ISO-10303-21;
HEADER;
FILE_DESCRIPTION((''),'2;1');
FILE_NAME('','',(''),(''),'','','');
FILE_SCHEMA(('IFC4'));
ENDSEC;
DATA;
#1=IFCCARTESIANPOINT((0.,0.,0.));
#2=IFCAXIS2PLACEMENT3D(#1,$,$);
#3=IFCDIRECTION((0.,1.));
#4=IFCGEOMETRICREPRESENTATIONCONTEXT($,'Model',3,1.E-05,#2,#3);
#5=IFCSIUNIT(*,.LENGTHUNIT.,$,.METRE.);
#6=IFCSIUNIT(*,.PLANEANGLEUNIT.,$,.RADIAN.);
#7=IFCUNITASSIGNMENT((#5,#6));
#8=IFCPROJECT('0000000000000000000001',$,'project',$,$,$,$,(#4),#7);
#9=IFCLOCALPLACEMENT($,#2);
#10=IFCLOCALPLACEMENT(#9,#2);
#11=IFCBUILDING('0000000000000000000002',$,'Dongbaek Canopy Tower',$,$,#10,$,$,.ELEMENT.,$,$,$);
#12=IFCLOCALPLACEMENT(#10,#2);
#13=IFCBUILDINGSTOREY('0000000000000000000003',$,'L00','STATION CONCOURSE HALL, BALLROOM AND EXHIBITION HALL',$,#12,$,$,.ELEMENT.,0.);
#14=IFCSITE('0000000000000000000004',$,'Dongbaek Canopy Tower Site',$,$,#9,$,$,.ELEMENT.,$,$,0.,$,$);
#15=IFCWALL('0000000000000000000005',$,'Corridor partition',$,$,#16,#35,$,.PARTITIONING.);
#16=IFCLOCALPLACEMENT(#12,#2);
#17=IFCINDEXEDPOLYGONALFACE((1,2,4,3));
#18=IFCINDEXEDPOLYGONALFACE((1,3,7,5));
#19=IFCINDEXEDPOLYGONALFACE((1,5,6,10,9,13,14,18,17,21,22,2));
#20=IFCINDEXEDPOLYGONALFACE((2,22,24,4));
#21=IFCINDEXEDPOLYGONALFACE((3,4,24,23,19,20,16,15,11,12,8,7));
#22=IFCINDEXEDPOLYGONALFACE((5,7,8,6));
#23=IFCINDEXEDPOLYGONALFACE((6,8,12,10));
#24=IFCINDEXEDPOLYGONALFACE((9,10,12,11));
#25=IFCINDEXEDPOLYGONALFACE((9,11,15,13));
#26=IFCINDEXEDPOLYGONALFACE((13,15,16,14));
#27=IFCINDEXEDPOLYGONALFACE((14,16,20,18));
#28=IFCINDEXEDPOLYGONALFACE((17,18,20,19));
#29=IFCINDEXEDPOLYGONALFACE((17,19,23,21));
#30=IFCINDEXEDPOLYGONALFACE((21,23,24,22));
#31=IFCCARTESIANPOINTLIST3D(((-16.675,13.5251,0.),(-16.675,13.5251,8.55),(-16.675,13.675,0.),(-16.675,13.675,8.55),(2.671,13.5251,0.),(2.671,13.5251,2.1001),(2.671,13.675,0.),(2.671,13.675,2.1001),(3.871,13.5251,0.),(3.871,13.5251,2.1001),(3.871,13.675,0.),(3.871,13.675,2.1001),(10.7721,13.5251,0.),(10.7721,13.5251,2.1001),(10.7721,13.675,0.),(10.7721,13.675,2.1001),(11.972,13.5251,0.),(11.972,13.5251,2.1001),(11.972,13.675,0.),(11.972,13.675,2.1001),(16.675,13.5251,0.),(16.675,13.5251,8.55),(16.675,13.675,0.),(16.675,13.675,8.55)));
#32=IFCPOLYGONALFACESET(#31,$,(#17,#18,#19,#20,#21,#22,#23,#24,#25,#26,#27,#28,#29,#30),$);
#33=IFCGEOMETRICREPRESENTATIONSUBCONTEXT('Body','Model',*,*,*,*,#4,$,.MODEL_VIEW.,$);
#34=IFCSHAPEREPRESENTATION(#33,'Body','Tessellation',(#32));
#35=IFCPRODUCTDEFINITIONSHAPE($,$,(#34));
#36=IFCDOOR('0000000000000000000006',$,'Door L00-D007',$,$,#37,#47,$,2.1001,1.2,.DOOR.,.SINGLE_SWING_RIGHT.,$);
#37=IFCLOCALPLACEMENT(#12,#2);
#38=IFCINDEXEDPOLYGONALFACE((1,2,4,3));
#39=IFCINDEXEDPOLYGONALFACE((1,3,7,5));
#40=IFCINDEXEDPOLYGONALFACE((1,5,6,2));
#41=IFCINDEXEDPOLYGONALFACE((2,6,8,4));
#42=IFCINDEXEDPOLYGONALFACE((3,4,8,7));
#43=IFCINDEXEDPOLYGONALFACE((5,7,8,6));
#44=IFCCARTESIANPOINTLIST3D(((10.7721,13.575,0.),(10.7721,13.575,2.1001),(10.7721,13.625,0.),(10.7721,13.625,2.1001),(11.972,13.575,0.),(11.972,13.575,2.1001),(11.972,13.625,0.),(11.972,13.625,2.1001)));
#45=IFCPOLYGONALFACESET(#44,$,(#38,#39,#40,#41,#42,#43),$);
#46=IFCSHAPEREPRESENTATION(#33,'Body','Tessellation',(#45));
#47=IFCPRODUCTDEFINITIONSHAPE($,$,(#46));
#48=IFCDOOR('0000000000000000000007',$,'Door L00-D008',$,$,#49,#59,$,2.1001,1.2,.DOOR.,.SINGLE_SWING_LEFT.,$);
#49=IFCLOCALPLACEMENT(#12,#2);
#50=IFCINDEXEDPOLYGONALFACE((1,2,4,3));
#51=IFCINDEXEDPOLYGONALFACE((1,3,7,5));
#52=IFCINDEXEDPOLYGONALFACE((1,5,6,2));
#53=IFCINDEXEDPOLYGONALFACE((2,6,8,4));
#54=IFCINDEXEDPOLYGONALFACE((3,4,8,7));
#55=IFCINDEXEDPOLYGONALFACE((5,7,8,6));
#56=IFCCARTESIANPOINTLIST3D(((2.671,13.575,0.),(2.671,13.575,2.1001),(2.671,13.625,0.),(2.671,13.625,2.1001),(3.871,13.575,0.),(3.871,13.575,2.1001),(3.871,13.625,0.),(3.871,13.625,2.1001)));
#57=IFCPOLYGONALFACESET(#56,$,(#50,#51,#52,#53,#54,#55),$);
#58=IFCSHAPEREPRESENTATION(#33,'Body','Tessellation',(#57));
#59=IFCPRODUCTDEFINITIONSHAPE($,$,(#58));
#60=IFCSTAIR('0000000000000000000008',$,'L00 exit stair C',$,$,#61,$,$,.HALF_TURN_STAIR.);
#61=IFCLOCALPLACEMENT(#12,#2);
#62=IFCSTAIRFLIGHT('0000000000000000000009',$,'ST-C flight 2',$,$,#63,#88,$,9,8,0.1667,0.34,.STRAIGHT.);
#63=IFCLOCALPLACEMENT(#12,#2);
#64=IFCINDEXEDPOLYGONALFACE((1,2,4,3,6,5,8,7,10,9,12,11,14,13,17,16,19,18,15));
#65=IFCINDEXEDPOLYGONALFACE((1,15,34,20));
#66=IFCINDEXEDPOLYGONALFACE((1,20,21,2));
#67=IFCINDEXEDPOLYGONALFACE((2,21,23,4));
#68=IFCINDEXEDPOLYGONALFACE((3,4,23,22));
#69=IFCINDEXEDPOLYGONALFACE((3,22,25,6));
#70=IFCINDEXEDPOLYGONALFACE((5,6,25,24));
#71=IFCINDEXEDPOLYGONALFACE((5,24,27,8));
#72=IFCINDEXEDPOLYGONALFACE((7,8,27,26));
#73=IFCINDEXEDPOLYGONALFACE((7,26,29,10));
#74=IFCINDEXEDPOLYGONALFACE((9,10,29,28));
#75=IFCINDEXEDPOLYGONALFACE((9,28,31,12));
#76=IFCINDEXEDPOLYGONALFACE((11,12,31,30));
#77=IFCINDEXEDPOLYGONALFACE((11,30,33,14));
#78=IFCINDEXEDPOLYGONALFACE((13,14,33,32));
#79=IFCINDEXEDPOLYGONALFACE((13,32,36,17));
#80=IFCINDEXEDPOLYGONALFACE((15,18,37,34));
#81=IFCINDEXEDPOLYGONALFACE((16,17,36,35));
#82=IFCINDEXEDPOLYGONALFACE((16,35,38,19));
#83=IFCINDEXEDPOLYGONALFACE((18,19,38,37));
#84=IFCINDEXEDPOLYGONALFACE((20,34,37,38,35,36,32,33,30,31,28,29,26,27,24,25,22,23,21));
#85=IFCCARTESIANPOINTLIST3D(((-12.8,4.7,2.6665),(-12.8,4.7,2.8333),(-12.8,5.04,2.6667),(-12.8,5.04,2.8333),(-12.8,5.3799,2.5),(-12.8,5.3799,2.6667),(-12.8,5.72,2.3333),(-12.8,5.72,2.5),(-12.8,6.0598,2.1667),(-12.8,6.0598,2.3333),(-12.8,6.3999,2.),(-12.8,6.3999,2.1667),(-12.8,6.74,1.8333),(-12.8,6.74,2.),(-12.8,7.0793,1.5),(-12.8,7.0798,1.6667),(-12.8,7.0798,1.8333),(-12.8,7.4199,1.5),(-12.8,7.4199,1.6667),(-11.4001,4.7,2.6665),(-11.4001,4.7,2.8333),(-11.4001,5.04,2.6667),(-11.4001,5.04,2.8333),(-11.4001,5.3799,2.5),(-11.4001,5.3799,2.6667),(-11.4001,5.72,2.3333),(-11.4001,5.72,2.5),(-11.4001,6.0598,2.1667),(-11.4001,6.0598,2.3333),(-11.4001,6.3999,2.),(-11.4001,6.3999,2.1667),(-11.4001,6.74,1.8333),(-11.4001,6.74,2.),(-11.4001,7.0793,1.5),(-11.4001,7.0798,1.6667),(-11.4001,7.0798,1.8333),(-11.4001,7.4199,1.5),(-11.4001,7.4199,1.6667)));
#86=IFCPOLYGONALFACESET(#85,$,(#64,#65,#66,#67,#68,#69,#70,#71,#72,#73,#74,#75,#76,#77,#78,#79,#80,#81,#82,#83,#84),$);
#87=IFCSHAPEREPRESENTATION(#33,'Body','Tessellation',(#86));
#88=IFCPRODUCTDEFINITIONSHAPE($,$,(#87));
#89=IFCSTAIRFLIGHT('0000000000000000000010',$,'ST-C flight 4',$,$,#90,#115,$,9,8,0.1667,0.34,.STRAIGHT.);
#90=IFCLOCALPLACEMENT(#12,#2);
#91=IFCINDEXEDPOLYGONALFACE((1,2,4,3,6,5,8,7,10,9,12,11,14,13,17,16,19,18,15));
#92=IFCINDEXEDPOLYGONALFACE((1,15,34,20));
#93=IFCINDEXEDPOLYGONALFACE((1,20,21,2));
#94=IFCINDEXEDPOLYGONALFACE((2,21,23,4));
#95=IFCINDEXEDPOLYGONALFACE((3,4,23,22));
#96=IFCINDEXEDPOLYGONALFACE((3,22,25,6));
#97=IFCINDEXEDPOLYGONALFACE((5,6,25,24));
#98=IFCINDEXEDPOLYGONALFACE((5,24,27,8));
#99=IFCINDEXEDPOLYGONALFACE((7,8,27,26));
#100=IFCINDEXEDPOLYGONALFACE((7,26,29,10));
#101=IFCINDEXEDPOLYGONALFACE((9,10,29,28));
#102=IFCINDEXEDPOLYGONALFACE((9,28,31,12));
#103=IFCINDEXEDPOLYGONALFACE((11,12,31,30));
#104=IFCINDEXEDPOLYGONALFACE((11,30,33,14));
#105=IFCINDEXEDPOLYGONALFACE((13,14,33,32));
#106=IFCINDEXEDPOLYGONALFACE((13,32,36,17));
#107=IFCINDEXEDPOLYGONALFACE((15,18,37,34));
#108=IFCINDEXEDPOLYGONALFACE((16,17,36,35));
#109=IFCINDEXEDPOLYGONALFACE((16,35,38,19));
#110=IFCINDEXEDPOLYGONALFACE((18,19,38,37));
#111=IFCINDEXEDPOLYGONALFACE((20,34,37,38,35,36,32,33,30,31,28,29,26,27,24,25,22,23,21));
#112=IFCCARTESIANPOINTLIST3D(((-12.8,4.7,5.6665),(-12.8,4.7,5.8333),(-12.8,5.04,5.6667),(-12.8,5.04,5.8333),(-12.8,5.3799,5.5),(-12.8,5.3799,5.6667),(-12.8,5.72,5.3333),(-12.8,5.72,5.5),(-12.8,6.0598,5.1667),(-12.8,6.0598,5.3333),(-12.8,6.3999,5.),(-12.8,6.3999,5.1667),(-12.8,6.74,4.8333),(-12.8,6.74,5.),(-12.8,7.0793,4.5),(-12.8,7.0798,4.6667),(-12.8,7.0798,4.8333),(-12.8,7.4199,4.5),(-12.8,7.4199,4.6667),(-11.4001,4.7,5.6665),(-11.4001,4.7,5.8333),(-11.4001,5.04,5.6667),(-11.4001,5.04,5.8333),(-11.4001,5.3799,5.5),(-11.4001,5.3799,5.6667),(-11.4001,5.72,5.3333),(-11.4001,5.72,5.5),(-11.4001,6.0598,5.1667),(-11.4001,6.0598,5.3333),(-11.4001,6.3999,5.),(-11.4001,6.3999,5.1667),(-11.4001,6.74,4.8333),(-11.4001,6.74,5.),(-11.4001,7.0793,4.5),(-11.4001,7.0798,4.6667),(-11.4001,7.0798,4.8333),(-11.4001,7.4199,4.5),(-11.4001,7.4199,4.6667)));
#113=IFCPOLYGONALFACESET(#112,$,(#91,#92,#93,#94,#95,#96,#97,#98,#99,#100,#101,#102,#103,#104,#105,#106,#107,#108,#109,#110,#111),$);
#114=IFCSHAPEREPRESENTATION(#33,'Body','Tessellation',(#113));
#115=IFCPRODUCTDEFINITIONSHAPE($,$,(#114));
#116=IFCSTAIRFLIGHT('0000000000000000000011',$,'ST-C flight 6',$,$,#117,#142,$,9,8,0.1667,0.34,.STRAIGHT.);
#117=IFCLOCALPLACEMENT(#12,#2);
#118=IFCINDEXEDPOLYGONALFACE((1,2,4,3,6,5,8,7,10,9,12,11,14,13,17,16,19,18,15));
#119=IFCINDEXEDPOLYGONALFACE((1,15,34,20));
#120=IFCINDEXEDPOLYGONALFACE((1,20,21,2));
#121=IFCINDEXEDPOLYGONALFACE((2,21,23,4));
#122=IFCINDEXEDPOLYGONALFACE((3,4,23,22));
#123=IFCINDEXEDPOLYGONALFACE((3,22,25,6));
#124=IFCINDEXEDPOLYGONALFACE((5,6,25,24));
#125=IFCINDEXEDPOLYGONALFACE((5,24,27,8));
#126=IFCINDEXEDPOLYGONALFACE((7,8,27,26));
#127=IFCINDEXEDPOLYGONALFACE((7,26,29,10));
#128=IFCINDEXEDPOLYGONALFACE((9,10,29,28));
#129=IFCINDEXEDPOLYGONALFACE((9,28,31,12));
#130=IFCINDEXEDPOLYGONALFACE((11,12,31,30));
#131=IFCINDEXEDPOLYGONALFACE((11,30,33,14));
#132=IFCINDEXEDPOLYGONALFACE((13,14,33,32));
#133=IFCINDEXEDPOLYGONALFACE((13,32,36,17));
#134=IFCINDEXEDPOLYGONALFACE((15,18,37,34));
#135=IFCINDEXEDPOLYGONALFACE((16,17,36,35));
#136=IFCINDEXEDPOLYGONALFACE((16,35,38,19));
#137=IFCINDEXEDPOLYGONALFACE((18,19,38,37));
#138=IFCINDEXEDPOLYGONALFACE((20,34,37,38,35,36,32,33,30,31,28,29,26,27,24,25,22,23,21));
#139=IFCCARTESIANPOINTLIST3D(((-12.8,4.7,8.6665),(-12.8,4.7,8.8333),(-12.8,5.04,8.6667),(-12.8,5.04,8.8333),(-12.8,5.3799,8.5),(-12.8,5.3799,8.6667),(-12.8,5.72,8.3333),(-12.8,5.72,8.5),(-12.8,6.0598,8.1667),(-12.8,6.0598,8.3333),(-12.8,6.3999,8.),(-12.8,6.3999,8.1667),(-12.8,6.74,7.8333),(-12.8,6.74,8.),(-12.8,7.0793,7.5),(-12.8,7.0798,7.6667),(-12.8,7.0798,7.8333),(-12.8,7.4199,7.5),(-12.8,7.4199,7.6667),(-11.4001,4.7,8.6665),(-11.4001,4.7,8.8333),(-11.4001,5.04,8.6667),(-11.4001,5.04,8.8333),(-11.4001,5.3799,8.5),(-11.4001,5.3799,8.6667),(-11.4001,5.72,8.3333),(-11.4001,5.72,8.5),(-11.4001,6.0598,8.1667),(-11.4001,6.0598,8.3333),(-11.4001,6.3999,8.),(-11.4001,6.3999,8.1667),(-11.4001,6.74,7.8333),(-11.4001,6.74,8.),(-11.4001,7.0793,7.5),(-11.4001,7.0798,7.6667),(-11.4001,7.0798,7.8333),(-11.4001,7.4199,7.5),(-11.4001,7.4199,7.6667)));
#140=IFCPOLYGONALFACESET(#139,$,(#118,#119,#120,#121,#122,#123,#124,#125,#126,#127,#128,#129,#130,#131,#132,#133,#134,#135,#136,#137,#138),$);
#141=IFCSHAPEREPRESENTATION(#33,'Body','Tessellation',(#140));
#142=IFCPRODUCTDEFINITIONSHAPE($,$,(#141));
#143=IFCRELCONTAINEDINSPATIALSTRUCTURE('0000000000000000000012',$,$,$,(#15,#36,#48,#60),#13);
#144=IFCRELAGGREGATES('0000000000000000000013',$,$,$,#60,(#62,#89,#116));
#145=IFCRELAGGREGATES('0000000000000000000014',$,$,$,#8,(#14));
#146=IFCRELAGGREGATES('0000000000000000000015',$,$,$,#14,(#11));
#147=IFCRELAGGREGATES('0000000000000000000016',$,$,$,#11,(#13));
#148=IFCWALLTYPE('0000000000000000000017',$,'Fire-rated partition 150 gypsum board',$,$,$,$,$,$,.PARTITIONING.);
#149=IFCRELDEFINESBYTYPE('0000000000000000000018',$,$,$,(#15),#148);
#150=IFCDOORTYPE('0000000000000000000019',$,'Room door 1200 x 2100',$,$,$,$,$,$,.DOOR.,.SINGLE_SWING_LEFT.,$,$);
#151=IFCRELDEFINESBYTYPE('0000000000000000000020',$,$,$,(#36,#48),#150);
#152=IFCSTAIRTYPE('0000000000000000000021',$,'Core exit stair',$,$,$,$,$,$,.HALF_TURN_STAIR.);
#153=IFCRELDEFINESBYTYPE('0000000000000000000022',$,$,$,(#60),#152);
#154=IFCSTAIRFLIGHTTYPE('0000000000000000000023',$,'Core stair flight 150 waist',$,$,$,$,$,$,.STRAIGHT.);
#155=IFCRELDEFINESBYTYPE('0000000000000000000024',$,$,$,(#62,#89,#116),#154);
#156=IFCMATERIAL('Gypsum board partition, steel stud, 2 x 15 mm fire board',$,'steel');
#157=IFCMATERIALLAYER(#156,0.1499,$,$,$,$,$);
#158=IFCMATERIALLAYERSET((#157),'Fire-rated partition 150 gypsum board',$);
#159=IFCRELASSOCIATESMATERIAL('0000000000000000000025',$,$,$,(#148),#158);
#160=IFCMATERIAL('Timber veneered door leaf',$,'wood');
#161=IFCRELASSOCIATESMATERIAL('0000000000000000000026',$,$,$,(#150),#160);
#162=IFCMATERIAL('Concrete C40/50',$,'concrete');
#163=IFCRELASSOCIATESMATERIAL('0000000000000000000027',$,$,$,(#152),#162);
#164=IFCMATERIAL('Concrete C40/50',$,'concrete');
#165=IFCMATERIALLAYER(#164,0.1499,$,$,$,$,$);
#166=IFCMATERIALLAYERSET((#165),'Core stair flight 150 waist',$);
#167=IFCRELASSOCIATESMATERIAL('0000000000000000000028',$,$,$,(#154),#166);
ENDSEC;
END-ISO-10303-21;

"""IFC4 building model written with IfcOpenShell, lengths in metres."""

from ifc_helpers import new_model, si_unit, direction, frame, frame_2d, origin, place, context, subcontext, project, spatial, polyline, rectangle, outline, extrude, material, layer, layer_set, type_object, element, fill, aggregate, save


model = new_model("IFC4")

# Units and contexts
model_context = context("Model", 3, precision=1e-05, world=origin(), true_north=direction((0.0, 1.0)))
body_context = subcontext(model_context, "Body", "Model", "MODEL_VIEW")
ifc_project = project(units=[si_unit("LENGTHUNIT", "METRE"), si_unit("PLANEANGLEUNIT", "RADIAN")], contexts=[model_context])

# Site, building, storey
site_placement = place(None, origin())
site = spatial("IfcSite", under=ifc_project, at=site_placement, Name="Dongbaek Canopy Tower Site", CompositionType="ELEMENT", RefElevation=0.0)
building_placement = place(site_placement, origin())
building = spatial("IfcBuilding", under=site, at=building_placement, Name="Dongbaek Canopy Tower", CompositionType="ELEMENT")
storey_placement = place(building_placement, origin())
storey = spatial("IfcBuildingStorey", under=building, at=storey_placement, Name="L00", Description="STATION CONCOURSE HALL, BALLROOM AND EXHIBITION HALL", CompositionType="ELEMENT", Elevation=0.0)

# Wall, openings, doors
ifc_material_1 = material(Name="Gypsum board partition, steel stud, 2 x 15 mm fire board", Category="steel")
ifc_layer_1 = layer(ifc_material_1, 0.1499)
ifc_layer_set_1 = layer_set([ifc_layer_1], Name="Fire-rated partition 150 gypsum board")
wall_type_1 = type_object("IfcWallType", Name="Fire-rated partition 150 gypsum board", PredefinedType="PARTITIONING", material=ifc_layer_set_1)
wall_1_placement = place(storey_placement, frame((-16.675, 13.6001, 0.0), z_axis=(0.0, 0.0, 1.0), x_axis=(1.0, 0.0, 0.0)))
wall_1 = element("IfcWall", 1, at=wall_1_placement, inside=storey, type_object=wall_type_1, Name="Corridor partition", PredefinedType="PARTITIONING", context=body_context, shape_type="SweptSolid", body=[
    extrude(rectangle(XDim=33.3501, YDim=0.1499, at=frame_2d((16.675, 0.0))), origin(), (0.0, 0.0, 1.0), 8.55),
])
opening_1_placement = place(wall_1_placement, frame((27.447, 0.0, 0.0)))
opening_1 = element("IfcOpeningElement", 2, at=opening_1_placement, cuts=wall_1, PredefinedType="OPENING", context=body_context, shape_type="SweptSolid", body=[
    extrude(rectangle(XDim=1.2, YDim=2.1001, at=frame_2d((0.6001, 1.05))), frame((0.0, 0.085, 0.0), z_axis=(0.0, -1.0, 0.0), x_axis=(1.0, 0.0, 0.0)), (0.0, 0.0, 1.0), 0.1699),
])
opening_2_placement = place(wall_1_placement, frame((19.3459, 0.0, 0.0)))
opening_2 = element("IfcOpeningElement", 3, at=opening_2_placement, cuts=wall_1, PredefinedType="OPENING", context=body_context, shape_type="SweptSolid", body=[
    extrude(rectangle(XDim=1.2, YDim=2.1001, at=frame_2d((0.6001, 1.05))), frame((0.0, 0.085, 0.0), z_axis=(0.0, -1.0, 0.0), x_axis=(1.0, 0.0, 0.0)), (0.0, 0.0, 1.0), 0.1699),
])
ifc_material_2 = material(Name="Timber veneered door leaf", Category="wood")
door_type_1 = type_object("IfcDoorType", Name="Room door 1200 x 2100", OperationType="SINGLE_SWING_LEFT", PredefinedType="DOOR", material=ifc_material_2)
door_1_placement = place(opening_1_placement, origin())
door_1 = element("IfcDoor", 4, at=door_1_placement, inside=storey, type_object=door_type_1, Name="Door L00-D007", OperationType="SINGLE_SWING_RIGHT", OverallHeight=2.1001, OverallWidth=1.2, PredefinedType="DOOR", context=body_context, shape_type="SweptSolid", body=[
    extrude(rectangle(XDim=1.2, YDim=2.1001, at=frame_2d((0.6001, 1.05))), frame((0.0, 0.0249, 0.0), z_axis=(0.0, -1.0, 0.0), x_axis=(1.0, 0.0, 0.0)), (0.0, 0.0, 1.0), 0.05),
])
fill(opening_1, door_1)
door_2_placement = place(opening_2_placement, origin())
door_2 = element("IfcDoor", 5, at=door_2_placement, inside=storey, type_object=door_type_1, Name="Door L00-D008", OperationType="SINGLE_SWING_LEFT", OverallHeight=2.1001, OverallWidth=1.2, PredefinedType="DOOR", context=body_context, shape_type="SweptSolid", body=[
    extrude(rectangle(XDim=1.2, YDim=2.1001, at=frame_2d((0.6001, 1.05))), frame((0.0, 0.0249, 0.0), z_axis=(0.0, -1.0, 0.0), x_axis=(1.0, 0.0, 0.0)), (0.0, 0.0, 1.0), 0.05),
])
fill(opening_2, door_2)

# Stair, stair flights
ifc_material_3 = material(Name="Concrete C40/50", Category="concrete")
stair_type = type_object("IfcStairType", Name="Core exit stair", PredefinedType="HALF_TURN_STAIR", material=ifc_material_3)
stair_placement = place(storey_placement, origin())
stair = element("IfcStair", 6, at=stair_placement, inside=storey, type_object=stair_type, Name="L00 exit stair C", PredefinedType="HALF_TURN_STAIR")
ifc_material_4 = material(Name="Concrete C40/50", Category="concrete")
ifc_layer_2 = layer(ifc_material_4, 0.1499)
ifc_layer_set_2 = layer_set([ifc_layer_2], Name="Core stair flight 150 waist")
stair_flight_type = type_object("IfcStairFlightType", Name="Core stair flight 150 waist", PredefinedType="STRAIGHT", material=ifc_layer_set_2)
stair_flight_1_placement = place(storey_placement, frame((-12.1001, 7.4199, 1.5), z_axis=(0.0, 0.0, 1.0), x_axis=(0.0, -1.0, 0.0)))
stair_flight_1 = element("IfcStairFlight", 7, at=stair_flight_1_placement, type_object=stair_flight_type, Name="ST-C flight 2", NumberOfRisers=9, NumberOfTreads=8, PredefinedType="STRAIGHT", RiserHeight=0.1667, TreadLength=0.34, context=body_context, shape_type="SweptSolid", body=[
    extrude(outline(polyline([(0.0, 0.0), (0.0, 0.1667), (0.3401, 0.1667), (0.3401, 0.3333), (0.6799, 0.3333), (0.6799, 0.5), (1.02, 0.5), (1.02, 0.6667), (1.3601, 0.6667), (1.3601, 0.8333), (1.7, 0.8333), (1.7, 1.0), (2.04, 1.0), (2.04, 1.1667), (2.3799, 1.1667), (2.3799, 1.3333), (2.72, 1.3333), (2.72, 1.5), (2.72, 1.1665), (0.3406, 0.0), (0.0, 0.0)])), frame((0.0, 0.7, 0.0), z_axis=(0.0, -1.0, 0.0), x_axis=(1.0, 0.0, 0.0)), (0.0, 0.0, 1.0), 1.3999),
])
stair_flight_2_placement = place(storey_placement, frame((-12.1001, 7.4199, 4.5), z_axis=(0.0, 0.0, 1.0), x_axis=(0.0, -1.0, 0.0)))
stair_flight_2 = element("IfcStairFlight", 8, at=stair_flight_2_placement, type_object=stair_flight_type, Name="ST-C flight 4", NumberOfRisers=9, NumberOfTreads=8, PredefinedType="STRAIGHT", RiserHeight=0.1667, TreadLength=0.34, context=body_context, shape_type="SweptSolid", body=[
    extrude(outline(polyline([(0.0, 0.0), (0.0, 0.1667), (0.3401, 0.1667), (0.3401, 0.3333), (0.6799, 0.3333), (0.6799, 0.5), (1.02, 0.5), (1.02, 0.6667), (1.3601, 0.6667), (1.3601, 0.8333), (1.7, 0.8333), (1.7, 1.0), (2.04, 1.0), (2.04, 1.1667), (2.3799, 1.1667), (2.3799, 1.3333), (2.72, 1.3333), (2.72, 1.5), (2.72, 1.1665), (0.3406, 0.0), (0.0, 0.0)])), frame((0.0, 0.7, 0.0), z_axis=(0.0, -1.0, 0.0), x_axis=(1.0, 0.0, 0.0)), (0.0, 0.0, 1.0), 1.3999),
])
stair_flight_3_placement = place(storey_placement, frame((-12.1001, 7.4199, 7.5), z_axis=(0.0, 0.0, 1.0), x_axis=(0.0, -1.0, 0.0)))
stair_flight_3 = element("IfcStairFlight", 9, at=stair_flight_3_placement, type_object=stair_flight_type, Name="ST-C flight 6", NumberOfRisers=9, NumberOfTreads=8, PredefinedType="STRAIGHT", RiserHeight=0.1667, TreadLength=0.34, context=body_context, shape_type="SweptSolid", body=[
    extrude(outline(polyline([(0.0, 0.0), (0.0, 0.1667), (0.3401, 0.1667), (0.3401, 0.3333), (0.6799, 0.3333), (0.6799, 0.5), (1.02, 0.5), (1.02, 0.6667), (1.3601, 0.6667), (1.3601, 0.8333), (1.7, 0.8333), (1.7, 1.0), (2.04, 1.0), (2.04, 1.1667), (2.3799, 1.1667), (2.3799, 1.3333), (2.72, 1.3333), (2.72, 1.5), (2.72, 1.1665), (0.3406, 0.0), (0.0, 0.0)])), frame((0.0, 0.7, 0.0), z_axis=(0.0, -1.0, 0.0), x_axis=(1.0, 0.0, 0.0)), (0.0, 0.0, 1.0), 1.3999),
])
aggregate(stair, [stair_flight_1, stair_flight_2, stair_flight_3])

save(model, "model.ifc")
